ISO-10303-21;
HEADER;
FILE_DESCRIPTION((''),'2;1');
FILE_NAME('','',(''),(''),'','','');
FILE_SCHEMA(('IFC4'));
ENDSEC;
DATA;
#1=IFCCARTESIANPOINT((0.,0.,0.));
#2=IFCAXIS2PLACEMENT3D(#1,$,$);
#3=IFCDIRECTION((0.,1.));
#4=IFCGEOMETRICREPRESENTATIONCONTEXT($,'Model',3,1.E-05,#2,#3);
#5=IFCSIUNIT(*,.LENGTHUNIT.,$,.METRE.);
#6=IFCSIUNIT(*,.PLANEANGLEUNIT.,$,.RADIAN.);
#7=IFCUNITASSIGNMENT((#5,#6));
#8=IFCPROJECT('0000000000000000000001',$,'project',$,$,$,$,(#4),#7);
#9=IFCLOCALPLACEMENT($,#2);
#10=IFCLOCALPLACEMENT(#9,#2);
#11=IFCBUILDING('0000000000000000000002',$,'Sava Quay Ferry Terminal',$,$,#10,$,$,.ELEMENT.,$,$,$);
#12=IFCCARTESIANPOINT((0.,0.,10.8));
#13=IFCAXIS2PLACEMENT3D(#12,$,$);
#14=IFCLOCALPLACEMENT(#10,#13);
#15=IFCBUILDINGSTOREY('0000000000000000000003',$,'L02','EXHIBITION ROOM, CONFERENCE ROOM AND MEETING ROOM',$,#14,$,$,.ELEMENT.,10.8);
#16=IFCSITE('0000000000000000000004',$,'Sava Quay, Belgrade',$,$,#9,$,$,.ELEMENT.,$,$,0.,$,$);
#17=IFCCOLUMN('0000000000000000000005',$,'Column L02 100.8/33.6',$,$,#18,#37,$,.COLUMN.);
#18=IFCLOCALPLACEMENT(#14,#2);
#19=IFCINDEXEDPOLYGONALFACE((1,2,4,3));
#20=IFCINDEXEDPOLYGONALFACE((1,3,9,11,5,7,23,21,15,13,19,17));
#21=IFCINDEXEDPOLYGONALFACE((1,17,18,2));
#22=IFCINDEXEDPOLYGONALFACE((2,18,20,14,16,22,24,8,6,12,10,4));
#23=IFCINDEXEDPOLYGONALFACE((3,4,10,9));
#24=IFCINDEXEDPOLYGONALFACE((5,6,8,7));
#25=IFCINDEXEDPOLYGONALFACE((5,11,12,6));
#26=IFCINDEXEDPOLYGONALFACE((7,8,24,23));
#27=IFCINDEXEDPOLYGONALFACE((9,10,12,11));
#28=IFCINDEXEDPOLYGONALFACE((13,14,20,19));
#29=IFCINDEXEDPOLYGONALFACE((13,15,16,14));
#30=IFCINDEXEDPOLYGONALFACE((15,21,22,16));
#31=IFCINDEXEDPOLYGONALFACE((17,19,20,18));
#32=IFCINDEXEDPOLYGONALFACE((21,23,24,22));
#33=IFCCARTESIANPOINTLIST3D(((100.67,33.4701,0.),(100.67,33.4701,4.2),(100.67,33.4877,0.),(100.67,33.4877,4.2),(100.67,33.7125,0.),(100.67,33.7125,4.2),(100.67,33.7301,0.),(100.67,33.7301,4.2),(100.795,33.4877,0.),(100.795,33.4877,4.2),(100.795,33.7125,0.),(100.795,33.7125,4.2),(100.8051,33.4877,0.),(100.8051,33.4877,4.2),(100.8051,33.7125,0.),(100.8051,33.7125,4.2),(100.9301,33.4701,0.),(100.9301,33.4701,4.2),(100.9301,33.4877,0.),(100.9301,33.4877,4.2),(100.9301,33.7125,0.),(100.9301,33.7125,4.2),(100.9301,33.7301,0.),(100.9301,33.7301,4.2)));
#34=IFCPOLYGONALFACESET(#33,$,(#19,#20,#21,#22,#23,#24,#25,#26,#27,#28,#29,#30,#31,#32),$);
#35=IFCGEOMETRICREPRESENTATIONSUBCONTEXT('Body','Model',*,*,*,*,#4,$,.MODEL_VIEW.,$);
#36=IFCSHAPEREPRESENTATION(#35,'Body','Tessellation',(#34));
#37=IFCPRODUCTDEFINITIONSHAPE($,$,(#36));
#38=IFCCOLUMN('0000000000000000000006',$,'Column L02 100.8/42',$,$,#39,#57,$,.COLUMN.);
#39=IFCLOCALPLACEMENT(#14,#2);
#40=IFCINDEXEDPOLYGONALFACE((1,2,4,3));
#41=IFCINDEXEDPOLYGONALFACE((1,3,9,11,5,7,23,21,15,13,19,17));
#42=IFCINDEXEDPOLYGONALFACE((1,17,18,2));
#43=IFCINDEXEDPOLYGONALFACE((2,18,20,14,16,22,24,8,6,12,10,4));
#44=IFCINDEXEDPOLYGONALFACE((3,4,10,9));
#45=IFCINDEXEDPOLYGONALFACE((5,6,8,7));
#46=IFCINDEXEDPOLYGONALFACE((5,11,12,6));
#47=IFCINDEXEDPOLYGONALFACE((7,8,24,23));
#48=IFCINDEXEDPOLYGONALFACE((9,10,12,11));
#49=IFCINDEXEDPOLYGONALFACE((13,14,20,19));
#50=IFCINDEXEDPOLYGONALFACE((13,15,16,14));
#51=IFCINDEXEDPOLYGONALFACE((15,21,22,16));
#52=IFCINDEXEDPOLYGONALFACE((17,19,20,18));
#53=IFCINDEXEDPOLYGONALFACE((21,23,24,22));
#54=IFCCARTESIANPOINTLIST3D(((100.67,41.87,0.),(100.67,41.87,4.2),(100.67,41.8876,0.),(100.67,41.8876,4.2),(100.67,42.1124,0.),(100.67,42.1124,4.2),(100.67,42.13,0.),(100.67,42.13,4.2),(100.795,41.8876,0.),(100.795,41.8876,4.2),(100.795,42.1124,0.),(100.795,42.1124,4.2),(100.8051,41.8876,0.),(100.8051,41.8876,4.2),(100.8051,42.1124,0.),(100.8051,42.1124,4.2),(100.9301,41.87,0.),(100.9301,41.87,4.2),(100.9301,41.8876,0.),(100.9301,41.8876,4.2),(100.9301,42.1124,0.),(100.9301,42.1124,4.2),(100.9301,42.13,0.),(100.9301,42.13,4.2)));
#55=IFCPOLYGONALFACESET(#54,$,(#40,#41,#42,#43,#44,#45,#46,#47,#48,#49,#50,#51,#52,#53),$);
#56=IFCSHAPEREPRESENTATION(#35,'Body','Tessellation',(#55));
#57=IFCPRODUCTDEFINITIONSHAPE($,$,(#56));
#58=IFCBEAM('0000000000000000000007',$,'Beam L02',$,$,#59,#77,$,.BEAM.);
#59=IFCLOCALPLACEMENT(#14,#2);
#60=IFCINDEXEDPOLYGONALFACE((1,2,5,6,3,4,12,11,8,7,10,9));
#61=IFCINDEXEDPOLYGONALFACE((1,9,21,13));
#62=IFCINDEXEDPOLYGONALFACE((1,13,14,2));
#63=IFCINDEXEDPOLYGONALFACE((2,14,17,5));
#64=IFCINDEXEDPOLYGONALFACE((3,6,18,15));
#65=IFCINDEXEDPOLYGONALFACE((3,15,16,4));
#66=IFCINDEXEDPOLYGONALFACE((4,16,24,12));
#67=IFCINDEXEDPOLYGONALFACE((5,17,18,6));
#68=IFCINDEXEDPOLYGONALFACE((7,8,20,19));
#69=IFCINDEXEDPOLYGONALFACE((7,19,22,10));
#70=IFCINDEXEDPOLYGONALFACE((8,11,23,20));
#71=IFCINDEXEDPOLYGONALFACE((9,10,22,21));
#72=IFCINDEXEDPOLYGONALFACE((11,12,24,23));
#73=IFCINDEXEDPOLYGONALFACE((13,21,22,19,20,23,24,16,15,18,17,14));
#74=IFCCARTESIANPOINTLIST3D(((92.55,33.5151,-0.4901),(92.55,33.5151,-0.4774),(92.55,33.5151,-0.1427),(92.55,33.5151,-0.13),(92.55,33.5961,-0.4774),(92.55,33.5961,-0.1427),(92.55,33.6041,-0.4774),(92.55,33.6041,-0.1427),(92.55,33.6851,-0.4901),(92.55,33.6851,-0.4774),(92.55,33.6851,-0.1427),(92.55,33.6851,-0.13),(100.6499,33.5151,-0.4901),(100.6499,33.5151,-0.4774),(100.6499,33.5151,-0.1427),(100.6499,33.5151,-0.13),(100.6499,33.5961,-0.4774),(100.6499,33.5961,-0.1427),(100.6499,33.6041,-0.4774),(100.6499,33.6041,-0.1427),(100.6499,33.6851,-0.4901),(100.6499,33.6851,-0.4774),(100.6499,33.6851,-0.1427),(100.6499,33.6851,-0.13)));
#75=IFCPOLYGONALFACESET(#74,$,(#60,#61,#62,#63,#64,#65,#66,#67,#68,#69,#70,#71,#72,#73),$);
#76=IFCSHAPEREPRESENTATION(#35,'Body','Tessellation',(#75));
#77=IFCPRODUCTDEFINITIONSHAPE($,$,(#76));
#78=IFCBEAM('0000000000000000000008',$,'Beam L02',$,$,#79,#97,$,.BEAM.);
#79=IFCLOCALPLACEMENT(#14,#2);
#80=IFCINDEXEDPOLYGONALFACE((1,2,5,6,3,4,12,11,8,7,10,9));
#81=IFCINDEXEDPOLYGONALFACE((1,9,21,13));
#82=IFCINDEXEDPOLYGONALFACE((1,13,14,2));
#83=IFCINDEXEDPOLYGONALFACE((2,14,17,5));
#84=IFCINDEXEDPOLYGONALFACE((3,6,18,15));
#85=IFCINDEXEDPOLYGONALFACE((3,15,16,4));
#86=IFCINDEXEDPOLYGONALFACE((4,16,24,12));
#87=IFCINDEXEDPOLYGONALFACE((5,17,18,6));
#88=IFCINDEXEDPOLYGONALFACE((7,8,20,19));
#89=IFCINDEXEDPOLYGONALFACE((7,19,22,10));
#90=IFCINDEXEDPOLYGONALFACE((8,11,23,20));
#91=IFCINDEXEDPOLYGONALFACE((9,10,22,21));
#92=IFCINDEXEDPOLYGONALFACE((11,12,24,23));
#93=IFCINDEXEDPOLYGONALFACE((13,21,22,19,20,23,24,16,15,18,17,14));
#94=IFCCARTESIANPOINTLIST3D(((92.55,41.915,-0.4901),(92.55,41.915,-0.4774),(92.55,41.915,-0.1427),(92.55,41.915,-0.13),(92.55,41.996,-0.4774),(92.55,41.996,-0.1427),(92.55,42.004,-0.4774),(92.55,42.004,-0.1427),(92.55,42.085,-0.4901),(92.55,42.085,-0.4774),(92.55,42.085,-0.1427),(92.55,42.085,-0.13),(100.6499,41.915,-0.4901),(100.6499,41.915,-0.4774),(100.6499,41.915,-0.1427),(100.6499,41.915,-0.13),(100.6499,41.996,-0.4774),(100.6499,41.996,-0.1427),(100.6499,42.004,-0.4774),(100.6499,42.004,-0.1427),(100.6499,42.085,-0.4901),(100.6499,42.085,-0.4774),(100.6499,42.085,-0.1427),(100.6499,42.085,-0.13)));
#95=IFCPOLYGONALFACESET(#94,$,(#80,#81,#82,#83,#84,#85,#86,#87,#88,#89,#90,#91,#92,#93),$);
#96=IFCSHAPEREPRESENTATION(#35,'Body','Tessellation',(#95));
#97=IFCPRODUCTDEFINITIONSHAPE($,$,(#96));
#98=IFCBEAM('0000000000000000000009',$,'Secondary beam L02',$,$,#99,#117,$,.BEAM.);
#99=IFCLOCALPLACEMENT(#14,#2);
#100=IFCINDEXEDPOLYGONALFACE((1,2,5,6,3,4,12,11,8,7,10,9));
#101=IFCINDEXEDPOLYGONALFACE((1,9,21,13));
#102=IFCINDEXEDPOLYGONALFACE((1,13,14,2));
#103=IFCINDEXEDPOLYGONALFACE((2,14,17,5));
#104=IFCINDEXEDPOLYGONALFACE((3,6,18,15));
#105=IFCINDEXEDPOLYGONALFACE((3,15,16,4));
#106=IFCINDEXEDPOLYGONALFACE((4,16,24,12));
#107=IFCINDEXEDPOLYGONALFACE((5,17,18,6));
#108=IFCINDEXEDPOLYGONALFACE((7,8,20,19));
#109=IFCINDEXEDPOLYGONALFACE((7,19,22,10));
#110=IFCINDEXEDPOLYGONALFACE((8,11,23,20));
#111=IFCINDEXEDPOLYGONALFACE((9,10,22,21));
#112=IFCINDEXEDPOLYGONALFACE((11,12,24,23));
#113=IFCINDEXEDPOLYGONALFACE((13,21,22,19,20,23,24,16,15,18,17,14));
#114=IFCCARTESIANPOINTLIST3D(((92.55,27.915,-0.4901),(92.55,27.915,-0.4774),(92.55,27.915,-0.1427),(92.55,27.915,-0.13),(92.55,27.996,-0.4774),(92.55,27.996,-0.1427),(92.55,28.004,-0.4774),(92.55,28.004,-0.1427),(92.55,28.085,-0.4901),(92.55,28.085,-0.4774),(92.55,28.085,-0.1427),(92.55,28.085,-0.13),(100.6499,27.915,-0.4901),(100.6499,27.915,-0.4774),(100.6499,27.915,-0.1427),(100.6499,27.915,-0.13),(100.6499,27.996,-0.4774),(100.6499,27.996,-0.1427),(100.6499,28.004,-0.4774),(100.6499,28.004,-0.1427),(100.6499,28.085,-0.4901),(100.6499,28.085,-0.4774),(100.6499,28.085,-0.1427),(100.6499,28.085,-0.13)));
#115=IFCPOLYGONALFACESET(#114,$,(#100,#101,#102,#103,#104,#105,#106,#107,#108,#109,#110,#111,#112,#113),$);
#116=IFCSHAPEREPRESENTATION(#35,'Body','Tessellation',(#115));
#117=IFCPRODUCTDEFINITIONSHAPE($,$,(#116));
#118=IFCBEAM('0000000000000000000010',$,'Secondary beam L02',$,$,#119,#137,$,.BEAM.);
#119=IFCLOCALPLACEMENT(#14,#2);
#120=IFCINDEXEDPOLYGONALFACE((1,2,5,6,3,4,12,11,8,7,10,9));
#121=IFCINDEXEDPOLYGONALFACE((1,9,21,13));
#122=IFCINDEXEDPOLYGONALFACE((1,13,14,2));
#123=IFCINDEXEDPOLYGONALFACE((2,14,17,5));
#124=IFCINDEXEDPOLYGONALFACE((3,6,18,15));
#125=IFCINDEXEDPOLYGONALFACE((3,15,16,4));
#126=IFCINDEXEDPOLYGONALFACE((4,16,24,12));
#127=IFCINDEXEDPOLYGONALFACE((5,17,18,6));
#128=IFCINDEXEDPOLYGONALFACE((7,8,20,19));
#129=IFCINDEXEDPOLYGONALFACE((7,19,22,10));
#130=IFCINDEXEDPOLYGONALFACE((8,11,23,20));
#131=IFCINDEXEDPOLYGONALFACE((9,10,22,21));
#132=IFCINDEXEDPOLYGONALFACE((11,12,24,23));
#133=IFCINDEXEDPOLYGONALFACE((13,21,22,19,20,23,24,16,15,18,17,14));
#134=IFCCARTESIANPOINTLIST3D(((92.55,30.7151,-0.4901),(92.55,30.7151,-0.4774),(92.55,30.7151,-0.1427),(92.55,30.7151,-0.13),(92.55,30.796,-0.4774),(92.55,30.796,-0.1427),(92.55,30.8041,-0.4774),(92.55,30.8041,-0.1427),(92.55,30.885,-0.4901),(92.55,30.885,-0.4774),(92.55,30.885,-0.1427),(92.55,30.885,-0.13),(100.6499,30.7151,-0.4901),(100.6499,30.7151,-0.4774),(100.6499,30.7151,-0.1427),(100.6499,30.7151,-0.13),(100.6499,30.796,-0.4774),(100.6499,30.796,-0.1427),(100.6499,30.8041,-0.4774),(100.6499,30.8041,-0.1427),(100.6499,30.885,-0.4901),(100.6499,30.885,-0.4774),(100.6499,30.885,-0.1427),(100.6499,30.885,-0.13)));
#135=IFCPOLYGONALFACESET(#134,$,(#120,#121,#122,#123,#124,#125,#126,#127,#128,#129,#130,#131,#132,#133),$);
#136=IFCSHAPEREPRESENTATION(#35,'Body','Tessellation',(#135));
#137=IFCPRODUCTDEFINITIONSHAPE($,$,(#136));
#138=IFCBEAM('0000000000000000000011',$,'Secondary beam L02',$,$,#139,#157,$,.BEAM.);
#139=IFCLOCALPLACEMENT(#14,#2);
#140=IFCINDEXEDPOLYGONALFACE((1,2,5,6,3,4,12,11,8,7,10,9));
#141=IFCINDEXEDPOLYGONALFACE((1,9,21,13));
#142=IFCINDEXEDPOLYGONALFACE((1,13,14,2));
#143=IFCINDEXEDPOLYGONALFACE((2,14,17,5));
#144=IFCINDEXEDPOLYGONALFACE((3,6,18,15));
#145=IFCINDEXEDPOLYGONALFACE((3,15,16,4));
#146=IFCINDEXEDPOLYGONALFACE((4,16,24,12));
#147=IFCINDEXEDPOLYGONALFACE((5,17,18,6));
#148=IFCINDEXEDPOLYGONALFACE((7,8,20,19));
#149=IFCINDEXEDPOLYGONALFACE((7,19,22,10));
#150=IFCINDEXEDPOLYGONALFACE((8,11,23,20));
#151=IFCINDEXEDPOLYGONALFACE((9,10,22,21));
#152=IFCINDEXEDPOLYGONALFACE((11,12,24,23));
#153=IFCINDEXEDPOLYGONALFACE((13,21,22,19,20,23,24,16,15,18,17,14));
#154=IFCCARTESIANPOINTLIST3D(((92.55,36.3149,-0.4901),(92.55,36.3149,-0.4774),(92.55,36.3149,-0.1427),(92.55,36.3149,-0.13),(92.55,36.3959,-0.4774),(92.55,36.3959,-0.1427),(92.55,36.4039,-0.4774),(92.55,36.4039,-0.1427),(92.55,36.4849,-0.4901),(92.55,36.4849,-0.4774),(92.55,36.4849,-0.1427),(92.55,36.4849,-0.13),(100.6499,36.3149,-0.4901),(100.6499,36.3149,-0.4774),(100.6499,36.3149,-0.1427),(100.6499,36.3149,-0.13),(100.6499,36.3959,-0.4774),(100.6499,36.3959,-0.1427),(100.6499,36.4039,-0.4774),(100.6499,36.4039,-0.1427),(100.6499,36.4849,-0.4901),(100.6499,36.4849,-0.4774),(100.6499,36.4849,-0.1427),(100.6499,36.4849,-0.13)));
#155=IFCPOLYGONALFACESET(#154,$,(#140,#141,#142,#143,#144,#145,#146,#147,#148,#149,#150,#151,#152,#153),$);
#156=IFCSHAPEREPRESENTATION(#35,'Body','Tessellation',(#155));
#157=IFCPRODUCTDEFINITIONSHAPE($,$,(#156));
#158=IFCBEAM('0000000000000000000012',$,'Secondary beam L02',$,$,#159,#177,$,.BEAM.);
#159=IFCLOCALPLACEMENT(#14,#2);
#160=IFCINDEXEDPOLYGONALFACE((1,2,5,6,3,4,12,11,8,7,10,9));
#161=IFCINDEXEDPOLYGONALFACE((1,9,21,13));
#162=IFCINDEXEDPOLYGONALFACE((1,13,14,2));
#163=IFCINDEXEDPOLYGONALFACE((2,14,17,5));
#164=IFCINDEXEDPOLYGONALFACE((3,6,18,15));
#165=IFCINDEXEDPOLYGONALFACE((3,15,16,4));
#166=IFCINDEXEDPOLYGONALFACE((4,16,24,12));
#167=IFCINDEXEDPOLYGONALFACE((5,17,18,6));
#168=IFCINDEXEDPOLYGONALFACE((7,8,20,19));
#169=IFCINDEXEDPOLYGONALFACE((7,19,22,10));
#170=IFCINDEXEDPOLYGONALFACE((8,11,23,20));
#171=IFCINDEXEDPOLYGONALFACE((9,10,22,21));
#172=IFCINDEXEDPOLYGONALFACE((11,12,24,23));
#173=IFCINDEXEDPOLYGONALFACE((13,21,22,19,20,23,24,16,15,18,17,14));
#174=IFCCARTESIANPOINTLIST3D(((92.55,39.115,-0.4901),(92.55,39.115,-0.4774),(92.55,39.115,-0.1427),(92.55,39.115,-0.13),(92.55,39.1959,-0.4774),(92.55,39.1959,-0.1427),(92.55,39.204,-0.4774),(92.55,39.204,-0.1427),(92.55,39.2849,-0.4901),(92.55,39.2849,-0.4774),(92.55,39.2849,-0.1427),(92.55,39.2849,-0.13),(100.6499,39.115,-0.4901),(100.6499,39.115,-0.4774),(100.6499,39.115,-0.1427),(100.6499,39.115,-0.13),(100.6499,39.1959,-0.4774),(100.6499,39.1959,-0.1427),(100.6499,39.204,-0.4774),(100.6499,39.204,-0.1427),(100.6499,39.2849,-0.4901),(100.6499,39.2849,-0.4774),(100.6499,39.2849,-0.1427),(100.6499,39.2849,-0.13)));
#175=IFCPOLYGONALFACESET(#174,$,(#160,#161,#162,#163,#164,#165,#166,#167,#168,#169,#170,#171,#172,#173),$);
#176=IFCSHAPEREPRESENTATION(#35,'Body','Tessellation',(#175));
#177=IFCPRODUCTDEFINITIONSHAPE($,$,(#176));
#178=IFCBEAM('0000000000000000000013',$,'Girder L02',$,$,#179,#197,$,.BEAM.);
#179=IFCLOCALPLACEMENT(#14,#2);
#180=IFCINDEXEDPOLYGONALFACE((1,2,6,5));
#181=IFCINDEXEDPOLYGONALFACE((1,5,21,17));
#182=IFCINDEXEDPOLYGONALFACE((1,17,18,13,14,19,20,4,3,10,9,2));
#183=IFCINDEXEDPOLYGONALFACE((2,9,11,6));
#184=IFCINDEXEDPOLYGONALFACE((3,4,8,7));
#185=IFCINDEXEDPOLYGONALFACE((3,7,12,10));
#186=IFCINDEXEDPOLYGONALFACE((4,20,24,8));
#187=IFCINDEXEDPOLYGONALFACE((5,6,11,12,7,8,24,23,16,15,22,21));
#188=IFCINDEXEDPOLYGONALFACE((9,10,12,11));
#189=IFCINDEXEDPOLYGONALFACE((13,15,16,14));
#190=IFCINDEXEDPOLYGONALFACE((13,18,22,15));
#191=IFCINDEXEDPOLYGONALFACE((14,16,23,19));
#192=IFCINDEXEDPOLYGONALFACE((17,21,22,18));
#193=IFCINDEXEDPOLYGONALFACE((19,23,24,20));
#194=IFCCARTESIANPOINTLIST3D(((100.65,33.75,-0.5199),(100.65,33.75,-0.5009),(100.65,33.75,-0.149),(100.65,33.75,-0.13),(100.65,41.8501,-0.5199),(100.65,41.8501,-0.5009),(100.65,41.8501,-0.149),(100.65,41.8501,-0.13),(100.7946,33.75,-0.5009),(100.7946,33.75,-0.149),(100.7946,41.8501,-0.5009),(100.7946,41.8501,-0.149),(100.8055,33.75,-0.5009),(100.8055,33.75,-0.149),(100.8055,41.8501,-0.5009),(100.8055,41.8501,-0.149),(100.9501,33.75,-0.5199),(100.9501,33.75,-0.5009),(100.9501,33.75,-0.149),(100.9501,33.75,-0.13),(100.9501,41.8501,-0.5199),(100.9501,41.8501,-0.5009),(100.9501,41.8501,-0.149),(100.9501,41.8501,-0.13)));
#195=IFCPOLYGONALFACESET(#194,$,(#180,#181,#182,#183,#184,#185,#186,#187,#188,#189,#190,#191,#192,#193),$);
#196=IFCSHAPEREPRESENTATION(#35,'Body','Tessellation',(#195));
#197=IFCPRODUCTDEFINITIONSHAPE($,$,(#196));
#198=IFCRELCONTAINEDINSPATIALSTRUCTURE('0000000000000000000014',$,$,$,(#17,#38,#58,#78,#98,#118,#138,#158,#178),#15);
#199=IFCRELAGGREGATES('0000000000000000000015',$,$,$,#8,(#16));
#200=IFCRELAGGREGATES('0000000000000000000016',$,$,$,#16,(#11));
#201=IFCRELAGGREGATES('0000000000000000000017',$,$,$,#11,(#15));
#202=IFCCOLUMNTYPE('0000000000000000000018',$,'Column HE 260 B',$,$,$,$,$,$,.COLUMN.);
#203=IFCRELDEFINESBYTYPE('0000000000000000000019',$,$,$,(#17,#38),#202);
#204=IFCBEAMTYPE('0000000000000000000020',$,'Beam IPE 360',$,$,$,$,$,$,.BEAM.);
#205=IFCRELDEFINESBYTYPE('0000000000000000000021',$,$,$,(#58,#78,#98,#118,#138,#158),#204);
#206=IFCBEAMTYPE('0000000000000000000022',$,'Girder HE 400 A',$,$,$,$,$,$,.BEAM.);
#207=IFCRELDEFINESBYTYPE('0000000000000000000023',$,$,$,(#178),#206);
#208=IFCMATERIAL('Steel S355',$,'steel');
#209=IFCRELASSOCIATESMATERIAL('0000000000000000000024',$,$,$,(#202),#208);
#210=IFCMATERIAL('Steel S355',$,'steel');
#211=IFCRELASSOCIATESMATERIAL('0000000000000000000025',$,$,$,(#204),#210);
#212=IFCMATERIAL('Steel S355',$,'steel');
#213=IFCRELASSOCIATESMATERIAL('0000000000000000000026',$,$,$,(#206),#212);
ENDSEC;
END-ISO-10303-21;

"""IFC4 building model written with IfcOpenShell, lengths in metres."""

from ifc_helpers import new_model, si_unit, direction, frame, origin, origin_2d, place, context, subcontext, project, spatial, i_section, extrude, material, material_profile, profile_set, type_object, element, save


model = new_model("IFC4")

# Units and contexts
model_context = context("Model", 3, precision=1e-05, world=origin(), true_north=direction((0.0, 1.0)))
body_context = subcontext(model_context, "Body", "Model", "MODEL_VIEW")
ifc_project = project(units=[si_unit("LENGTHUNIT", "METRE"), si_unit("PLANEANGLEUNIT", "RADIAN")], contexts=[model_context])

# Site, building, storey
site_placement = place(None, origin())
site = spatial("IfcSite", under=ifc_project, at=site_placement, Name="Sava Quay, Belgrade", CompositionType="ELEMENT", RefElevation=0.0)
building_placement = place(site_placement, origin())
building = spatial("IfcBuilding", under=site, at=building_placement, Name="Sava Quay Ferry Terminal", CompositionType="ELEMENT")
storey_placement = place(building_placement, frame((0.0, 0.0, 10.8)))
storey = spatial("IfcBuildingStorey", under=building, at=storey_placement, Name="L02", Description="EXHIBITION ROOM, CONFERENCE ROOM AND MEETING ROOM", CompositionType="ELEMENT", Elevation=10.8)

# Columns
ifc_material_1 = material(Name="Steel S355", Category="steel")
ifc_material_profile_1 = material_profile(ifc_material_1, i_section(OverallWidth=0.26, OverallDepth=0.26, WebThickness=0.01, FlangeThickness=0.0176, at=origin_2d()), Name="HE 260 B")
ifc_profile_set_1 = profile_set([ifc_material_profile_1], Name="Steel S355")
column_type = type_object("IfcColumnType", Name="Column HE 260 B", PredefinedType="COLUMN", material=ifc_profile_set_1)
for number, where, z_axis, x_axis, name in (
    (1, (100.8, 33.6001, 0.0), (0.0, 0.0, 1.0), (1.0, 0.0, 0.0), "Column L02 100.8/33.6"),
    (2, (100.8, 42.0, 0.0), (0.0, 0.0, 1.0), (1.0, 0.0, 0.0), "Column L02 100.8/42"),
):
    element("IfcColumn", number, at=place(storey_placement, frame(where, z_axis=z_axis, x_axis=x_axis)), inside=storey, type_object=column_type, Name=name, PredefinedType="COLUMN", context=body_context, shape_type="SweptSolid", body=[
        extrude(i_section(OverallWidth=0.26, OverallDepth=0.26, WebThickness=0.01, FlangeThickness=0.0176, at=origin_2d()), origin(), (0.0, 0.0, 1.0), 4.2),
    ])

# Beams
ifc_material_2 = material(Name="Steel S355", Category="steel")
ifc_material_profile_2 = material_profile(ifc_material_2, i_section(OverallWidth=0.1699, OverallDepth=0.3601, WebThickness=0.0081, FlangeThickness=0.0127, at=origin_2d()), Name="IPE 360")
ifc_profile_set_2 = profile_set([ifc_material_profile_2], Name="Steel S355")
beam_type_1 = type_object("IfcBeamType", Name="Beam IPE 360", PredefinedType="BEAM", material=ifc_profile_set_2)
for number, where, z_axis, x_axis, name in (
    (3, (92.55, 33.6001, -0.3101), (1.0, 0.0, 0.0), (0.0, 1.0, 0.0), "Beam L02"),
    (4, (92.55, 42.0, -0.3101), (1.0, 0.0, 0.0), (0.0, 1.0, 0.0), "Beam L02"),
    (5, (92.55, 28.0, -0.3101), (1.0, 0.0, 0.0), (0.0, 1.0, 0.0), "Secondary beam L02"),
    (6, (92.55, 30.8, -0.3101), (1.0, 0.0, 0.0), (0.0, 1.0, 0.0), "Secondary beam L02"),
    (7, (92.55, 36.3999, -0.3101), (1.0, 0.0, 0.0), (0.0, 1.0, 0.0), "Secondary beam L02"),
    (8, (92.55, 39.2, -0.3101), (1.0, 0.0, 0.0), (0.0, 1.0, 0.0), "Secondary beam L02"),
):
    element("IfcBeam", number, at=place(storey_placement, frame(where, z_axis=z_axis, x_axis=x_axis)), inside=storey, type_object=beam_type_1, Name=name, PredefinedType="BEAM", context=body_context, shape_type="SweptSolid", body=[
        extrude(i_section(OverallWidth=0.1699, OverallDepth=0.3601, WebThickness=0.0081, FlangeThickness=0.0127, at=origin_2d()), origin(), (0.0, 0.0, 1.0), 8.0999),
    ])
ifc_material_3 = material(Name="Steel S355", Category="steel")
ifc_material_profile_3 = material_profile(ifc_material_3, i_section(OverallWidth=0.3, OverallDepth=0.3899, WebThickness=0.011, FlangeThickness=0.019, at=origin_2d()), Name="HE 400 A")
ifc_profile_set_3 = profile_set([ifc_material_profile_3], Name="Steel S355")
beam_type_2 = type_object("IfcBeamType", Name="Girder HE 400 A", PredefinedType="BEAM", material=ifc_profile_set_3)
beam_placement = place(storey_placement, frame((100.8, 33.75, -0.325), z_axis=(0.0, 1.0, 0.0), x_axis=(-1.0, 0.0, 0.0)))
element("IfcBeam", 9, at=beam_placement, inside=storey, type_object=beam_type_2, Name="Girder L02", PredefinedType="BEAM", context=body_context, shape_type="SweptSolid", body=[
    extrude(i_section(OverallWidth=0.3, OverallDepth=0.3899, WebThickness=0.011, FlangeThickness=0.019, at=origin_2d()), origin(), (0.0, 0.0, 1.0), 8.1001),
])

save(model, "model.ifc")
